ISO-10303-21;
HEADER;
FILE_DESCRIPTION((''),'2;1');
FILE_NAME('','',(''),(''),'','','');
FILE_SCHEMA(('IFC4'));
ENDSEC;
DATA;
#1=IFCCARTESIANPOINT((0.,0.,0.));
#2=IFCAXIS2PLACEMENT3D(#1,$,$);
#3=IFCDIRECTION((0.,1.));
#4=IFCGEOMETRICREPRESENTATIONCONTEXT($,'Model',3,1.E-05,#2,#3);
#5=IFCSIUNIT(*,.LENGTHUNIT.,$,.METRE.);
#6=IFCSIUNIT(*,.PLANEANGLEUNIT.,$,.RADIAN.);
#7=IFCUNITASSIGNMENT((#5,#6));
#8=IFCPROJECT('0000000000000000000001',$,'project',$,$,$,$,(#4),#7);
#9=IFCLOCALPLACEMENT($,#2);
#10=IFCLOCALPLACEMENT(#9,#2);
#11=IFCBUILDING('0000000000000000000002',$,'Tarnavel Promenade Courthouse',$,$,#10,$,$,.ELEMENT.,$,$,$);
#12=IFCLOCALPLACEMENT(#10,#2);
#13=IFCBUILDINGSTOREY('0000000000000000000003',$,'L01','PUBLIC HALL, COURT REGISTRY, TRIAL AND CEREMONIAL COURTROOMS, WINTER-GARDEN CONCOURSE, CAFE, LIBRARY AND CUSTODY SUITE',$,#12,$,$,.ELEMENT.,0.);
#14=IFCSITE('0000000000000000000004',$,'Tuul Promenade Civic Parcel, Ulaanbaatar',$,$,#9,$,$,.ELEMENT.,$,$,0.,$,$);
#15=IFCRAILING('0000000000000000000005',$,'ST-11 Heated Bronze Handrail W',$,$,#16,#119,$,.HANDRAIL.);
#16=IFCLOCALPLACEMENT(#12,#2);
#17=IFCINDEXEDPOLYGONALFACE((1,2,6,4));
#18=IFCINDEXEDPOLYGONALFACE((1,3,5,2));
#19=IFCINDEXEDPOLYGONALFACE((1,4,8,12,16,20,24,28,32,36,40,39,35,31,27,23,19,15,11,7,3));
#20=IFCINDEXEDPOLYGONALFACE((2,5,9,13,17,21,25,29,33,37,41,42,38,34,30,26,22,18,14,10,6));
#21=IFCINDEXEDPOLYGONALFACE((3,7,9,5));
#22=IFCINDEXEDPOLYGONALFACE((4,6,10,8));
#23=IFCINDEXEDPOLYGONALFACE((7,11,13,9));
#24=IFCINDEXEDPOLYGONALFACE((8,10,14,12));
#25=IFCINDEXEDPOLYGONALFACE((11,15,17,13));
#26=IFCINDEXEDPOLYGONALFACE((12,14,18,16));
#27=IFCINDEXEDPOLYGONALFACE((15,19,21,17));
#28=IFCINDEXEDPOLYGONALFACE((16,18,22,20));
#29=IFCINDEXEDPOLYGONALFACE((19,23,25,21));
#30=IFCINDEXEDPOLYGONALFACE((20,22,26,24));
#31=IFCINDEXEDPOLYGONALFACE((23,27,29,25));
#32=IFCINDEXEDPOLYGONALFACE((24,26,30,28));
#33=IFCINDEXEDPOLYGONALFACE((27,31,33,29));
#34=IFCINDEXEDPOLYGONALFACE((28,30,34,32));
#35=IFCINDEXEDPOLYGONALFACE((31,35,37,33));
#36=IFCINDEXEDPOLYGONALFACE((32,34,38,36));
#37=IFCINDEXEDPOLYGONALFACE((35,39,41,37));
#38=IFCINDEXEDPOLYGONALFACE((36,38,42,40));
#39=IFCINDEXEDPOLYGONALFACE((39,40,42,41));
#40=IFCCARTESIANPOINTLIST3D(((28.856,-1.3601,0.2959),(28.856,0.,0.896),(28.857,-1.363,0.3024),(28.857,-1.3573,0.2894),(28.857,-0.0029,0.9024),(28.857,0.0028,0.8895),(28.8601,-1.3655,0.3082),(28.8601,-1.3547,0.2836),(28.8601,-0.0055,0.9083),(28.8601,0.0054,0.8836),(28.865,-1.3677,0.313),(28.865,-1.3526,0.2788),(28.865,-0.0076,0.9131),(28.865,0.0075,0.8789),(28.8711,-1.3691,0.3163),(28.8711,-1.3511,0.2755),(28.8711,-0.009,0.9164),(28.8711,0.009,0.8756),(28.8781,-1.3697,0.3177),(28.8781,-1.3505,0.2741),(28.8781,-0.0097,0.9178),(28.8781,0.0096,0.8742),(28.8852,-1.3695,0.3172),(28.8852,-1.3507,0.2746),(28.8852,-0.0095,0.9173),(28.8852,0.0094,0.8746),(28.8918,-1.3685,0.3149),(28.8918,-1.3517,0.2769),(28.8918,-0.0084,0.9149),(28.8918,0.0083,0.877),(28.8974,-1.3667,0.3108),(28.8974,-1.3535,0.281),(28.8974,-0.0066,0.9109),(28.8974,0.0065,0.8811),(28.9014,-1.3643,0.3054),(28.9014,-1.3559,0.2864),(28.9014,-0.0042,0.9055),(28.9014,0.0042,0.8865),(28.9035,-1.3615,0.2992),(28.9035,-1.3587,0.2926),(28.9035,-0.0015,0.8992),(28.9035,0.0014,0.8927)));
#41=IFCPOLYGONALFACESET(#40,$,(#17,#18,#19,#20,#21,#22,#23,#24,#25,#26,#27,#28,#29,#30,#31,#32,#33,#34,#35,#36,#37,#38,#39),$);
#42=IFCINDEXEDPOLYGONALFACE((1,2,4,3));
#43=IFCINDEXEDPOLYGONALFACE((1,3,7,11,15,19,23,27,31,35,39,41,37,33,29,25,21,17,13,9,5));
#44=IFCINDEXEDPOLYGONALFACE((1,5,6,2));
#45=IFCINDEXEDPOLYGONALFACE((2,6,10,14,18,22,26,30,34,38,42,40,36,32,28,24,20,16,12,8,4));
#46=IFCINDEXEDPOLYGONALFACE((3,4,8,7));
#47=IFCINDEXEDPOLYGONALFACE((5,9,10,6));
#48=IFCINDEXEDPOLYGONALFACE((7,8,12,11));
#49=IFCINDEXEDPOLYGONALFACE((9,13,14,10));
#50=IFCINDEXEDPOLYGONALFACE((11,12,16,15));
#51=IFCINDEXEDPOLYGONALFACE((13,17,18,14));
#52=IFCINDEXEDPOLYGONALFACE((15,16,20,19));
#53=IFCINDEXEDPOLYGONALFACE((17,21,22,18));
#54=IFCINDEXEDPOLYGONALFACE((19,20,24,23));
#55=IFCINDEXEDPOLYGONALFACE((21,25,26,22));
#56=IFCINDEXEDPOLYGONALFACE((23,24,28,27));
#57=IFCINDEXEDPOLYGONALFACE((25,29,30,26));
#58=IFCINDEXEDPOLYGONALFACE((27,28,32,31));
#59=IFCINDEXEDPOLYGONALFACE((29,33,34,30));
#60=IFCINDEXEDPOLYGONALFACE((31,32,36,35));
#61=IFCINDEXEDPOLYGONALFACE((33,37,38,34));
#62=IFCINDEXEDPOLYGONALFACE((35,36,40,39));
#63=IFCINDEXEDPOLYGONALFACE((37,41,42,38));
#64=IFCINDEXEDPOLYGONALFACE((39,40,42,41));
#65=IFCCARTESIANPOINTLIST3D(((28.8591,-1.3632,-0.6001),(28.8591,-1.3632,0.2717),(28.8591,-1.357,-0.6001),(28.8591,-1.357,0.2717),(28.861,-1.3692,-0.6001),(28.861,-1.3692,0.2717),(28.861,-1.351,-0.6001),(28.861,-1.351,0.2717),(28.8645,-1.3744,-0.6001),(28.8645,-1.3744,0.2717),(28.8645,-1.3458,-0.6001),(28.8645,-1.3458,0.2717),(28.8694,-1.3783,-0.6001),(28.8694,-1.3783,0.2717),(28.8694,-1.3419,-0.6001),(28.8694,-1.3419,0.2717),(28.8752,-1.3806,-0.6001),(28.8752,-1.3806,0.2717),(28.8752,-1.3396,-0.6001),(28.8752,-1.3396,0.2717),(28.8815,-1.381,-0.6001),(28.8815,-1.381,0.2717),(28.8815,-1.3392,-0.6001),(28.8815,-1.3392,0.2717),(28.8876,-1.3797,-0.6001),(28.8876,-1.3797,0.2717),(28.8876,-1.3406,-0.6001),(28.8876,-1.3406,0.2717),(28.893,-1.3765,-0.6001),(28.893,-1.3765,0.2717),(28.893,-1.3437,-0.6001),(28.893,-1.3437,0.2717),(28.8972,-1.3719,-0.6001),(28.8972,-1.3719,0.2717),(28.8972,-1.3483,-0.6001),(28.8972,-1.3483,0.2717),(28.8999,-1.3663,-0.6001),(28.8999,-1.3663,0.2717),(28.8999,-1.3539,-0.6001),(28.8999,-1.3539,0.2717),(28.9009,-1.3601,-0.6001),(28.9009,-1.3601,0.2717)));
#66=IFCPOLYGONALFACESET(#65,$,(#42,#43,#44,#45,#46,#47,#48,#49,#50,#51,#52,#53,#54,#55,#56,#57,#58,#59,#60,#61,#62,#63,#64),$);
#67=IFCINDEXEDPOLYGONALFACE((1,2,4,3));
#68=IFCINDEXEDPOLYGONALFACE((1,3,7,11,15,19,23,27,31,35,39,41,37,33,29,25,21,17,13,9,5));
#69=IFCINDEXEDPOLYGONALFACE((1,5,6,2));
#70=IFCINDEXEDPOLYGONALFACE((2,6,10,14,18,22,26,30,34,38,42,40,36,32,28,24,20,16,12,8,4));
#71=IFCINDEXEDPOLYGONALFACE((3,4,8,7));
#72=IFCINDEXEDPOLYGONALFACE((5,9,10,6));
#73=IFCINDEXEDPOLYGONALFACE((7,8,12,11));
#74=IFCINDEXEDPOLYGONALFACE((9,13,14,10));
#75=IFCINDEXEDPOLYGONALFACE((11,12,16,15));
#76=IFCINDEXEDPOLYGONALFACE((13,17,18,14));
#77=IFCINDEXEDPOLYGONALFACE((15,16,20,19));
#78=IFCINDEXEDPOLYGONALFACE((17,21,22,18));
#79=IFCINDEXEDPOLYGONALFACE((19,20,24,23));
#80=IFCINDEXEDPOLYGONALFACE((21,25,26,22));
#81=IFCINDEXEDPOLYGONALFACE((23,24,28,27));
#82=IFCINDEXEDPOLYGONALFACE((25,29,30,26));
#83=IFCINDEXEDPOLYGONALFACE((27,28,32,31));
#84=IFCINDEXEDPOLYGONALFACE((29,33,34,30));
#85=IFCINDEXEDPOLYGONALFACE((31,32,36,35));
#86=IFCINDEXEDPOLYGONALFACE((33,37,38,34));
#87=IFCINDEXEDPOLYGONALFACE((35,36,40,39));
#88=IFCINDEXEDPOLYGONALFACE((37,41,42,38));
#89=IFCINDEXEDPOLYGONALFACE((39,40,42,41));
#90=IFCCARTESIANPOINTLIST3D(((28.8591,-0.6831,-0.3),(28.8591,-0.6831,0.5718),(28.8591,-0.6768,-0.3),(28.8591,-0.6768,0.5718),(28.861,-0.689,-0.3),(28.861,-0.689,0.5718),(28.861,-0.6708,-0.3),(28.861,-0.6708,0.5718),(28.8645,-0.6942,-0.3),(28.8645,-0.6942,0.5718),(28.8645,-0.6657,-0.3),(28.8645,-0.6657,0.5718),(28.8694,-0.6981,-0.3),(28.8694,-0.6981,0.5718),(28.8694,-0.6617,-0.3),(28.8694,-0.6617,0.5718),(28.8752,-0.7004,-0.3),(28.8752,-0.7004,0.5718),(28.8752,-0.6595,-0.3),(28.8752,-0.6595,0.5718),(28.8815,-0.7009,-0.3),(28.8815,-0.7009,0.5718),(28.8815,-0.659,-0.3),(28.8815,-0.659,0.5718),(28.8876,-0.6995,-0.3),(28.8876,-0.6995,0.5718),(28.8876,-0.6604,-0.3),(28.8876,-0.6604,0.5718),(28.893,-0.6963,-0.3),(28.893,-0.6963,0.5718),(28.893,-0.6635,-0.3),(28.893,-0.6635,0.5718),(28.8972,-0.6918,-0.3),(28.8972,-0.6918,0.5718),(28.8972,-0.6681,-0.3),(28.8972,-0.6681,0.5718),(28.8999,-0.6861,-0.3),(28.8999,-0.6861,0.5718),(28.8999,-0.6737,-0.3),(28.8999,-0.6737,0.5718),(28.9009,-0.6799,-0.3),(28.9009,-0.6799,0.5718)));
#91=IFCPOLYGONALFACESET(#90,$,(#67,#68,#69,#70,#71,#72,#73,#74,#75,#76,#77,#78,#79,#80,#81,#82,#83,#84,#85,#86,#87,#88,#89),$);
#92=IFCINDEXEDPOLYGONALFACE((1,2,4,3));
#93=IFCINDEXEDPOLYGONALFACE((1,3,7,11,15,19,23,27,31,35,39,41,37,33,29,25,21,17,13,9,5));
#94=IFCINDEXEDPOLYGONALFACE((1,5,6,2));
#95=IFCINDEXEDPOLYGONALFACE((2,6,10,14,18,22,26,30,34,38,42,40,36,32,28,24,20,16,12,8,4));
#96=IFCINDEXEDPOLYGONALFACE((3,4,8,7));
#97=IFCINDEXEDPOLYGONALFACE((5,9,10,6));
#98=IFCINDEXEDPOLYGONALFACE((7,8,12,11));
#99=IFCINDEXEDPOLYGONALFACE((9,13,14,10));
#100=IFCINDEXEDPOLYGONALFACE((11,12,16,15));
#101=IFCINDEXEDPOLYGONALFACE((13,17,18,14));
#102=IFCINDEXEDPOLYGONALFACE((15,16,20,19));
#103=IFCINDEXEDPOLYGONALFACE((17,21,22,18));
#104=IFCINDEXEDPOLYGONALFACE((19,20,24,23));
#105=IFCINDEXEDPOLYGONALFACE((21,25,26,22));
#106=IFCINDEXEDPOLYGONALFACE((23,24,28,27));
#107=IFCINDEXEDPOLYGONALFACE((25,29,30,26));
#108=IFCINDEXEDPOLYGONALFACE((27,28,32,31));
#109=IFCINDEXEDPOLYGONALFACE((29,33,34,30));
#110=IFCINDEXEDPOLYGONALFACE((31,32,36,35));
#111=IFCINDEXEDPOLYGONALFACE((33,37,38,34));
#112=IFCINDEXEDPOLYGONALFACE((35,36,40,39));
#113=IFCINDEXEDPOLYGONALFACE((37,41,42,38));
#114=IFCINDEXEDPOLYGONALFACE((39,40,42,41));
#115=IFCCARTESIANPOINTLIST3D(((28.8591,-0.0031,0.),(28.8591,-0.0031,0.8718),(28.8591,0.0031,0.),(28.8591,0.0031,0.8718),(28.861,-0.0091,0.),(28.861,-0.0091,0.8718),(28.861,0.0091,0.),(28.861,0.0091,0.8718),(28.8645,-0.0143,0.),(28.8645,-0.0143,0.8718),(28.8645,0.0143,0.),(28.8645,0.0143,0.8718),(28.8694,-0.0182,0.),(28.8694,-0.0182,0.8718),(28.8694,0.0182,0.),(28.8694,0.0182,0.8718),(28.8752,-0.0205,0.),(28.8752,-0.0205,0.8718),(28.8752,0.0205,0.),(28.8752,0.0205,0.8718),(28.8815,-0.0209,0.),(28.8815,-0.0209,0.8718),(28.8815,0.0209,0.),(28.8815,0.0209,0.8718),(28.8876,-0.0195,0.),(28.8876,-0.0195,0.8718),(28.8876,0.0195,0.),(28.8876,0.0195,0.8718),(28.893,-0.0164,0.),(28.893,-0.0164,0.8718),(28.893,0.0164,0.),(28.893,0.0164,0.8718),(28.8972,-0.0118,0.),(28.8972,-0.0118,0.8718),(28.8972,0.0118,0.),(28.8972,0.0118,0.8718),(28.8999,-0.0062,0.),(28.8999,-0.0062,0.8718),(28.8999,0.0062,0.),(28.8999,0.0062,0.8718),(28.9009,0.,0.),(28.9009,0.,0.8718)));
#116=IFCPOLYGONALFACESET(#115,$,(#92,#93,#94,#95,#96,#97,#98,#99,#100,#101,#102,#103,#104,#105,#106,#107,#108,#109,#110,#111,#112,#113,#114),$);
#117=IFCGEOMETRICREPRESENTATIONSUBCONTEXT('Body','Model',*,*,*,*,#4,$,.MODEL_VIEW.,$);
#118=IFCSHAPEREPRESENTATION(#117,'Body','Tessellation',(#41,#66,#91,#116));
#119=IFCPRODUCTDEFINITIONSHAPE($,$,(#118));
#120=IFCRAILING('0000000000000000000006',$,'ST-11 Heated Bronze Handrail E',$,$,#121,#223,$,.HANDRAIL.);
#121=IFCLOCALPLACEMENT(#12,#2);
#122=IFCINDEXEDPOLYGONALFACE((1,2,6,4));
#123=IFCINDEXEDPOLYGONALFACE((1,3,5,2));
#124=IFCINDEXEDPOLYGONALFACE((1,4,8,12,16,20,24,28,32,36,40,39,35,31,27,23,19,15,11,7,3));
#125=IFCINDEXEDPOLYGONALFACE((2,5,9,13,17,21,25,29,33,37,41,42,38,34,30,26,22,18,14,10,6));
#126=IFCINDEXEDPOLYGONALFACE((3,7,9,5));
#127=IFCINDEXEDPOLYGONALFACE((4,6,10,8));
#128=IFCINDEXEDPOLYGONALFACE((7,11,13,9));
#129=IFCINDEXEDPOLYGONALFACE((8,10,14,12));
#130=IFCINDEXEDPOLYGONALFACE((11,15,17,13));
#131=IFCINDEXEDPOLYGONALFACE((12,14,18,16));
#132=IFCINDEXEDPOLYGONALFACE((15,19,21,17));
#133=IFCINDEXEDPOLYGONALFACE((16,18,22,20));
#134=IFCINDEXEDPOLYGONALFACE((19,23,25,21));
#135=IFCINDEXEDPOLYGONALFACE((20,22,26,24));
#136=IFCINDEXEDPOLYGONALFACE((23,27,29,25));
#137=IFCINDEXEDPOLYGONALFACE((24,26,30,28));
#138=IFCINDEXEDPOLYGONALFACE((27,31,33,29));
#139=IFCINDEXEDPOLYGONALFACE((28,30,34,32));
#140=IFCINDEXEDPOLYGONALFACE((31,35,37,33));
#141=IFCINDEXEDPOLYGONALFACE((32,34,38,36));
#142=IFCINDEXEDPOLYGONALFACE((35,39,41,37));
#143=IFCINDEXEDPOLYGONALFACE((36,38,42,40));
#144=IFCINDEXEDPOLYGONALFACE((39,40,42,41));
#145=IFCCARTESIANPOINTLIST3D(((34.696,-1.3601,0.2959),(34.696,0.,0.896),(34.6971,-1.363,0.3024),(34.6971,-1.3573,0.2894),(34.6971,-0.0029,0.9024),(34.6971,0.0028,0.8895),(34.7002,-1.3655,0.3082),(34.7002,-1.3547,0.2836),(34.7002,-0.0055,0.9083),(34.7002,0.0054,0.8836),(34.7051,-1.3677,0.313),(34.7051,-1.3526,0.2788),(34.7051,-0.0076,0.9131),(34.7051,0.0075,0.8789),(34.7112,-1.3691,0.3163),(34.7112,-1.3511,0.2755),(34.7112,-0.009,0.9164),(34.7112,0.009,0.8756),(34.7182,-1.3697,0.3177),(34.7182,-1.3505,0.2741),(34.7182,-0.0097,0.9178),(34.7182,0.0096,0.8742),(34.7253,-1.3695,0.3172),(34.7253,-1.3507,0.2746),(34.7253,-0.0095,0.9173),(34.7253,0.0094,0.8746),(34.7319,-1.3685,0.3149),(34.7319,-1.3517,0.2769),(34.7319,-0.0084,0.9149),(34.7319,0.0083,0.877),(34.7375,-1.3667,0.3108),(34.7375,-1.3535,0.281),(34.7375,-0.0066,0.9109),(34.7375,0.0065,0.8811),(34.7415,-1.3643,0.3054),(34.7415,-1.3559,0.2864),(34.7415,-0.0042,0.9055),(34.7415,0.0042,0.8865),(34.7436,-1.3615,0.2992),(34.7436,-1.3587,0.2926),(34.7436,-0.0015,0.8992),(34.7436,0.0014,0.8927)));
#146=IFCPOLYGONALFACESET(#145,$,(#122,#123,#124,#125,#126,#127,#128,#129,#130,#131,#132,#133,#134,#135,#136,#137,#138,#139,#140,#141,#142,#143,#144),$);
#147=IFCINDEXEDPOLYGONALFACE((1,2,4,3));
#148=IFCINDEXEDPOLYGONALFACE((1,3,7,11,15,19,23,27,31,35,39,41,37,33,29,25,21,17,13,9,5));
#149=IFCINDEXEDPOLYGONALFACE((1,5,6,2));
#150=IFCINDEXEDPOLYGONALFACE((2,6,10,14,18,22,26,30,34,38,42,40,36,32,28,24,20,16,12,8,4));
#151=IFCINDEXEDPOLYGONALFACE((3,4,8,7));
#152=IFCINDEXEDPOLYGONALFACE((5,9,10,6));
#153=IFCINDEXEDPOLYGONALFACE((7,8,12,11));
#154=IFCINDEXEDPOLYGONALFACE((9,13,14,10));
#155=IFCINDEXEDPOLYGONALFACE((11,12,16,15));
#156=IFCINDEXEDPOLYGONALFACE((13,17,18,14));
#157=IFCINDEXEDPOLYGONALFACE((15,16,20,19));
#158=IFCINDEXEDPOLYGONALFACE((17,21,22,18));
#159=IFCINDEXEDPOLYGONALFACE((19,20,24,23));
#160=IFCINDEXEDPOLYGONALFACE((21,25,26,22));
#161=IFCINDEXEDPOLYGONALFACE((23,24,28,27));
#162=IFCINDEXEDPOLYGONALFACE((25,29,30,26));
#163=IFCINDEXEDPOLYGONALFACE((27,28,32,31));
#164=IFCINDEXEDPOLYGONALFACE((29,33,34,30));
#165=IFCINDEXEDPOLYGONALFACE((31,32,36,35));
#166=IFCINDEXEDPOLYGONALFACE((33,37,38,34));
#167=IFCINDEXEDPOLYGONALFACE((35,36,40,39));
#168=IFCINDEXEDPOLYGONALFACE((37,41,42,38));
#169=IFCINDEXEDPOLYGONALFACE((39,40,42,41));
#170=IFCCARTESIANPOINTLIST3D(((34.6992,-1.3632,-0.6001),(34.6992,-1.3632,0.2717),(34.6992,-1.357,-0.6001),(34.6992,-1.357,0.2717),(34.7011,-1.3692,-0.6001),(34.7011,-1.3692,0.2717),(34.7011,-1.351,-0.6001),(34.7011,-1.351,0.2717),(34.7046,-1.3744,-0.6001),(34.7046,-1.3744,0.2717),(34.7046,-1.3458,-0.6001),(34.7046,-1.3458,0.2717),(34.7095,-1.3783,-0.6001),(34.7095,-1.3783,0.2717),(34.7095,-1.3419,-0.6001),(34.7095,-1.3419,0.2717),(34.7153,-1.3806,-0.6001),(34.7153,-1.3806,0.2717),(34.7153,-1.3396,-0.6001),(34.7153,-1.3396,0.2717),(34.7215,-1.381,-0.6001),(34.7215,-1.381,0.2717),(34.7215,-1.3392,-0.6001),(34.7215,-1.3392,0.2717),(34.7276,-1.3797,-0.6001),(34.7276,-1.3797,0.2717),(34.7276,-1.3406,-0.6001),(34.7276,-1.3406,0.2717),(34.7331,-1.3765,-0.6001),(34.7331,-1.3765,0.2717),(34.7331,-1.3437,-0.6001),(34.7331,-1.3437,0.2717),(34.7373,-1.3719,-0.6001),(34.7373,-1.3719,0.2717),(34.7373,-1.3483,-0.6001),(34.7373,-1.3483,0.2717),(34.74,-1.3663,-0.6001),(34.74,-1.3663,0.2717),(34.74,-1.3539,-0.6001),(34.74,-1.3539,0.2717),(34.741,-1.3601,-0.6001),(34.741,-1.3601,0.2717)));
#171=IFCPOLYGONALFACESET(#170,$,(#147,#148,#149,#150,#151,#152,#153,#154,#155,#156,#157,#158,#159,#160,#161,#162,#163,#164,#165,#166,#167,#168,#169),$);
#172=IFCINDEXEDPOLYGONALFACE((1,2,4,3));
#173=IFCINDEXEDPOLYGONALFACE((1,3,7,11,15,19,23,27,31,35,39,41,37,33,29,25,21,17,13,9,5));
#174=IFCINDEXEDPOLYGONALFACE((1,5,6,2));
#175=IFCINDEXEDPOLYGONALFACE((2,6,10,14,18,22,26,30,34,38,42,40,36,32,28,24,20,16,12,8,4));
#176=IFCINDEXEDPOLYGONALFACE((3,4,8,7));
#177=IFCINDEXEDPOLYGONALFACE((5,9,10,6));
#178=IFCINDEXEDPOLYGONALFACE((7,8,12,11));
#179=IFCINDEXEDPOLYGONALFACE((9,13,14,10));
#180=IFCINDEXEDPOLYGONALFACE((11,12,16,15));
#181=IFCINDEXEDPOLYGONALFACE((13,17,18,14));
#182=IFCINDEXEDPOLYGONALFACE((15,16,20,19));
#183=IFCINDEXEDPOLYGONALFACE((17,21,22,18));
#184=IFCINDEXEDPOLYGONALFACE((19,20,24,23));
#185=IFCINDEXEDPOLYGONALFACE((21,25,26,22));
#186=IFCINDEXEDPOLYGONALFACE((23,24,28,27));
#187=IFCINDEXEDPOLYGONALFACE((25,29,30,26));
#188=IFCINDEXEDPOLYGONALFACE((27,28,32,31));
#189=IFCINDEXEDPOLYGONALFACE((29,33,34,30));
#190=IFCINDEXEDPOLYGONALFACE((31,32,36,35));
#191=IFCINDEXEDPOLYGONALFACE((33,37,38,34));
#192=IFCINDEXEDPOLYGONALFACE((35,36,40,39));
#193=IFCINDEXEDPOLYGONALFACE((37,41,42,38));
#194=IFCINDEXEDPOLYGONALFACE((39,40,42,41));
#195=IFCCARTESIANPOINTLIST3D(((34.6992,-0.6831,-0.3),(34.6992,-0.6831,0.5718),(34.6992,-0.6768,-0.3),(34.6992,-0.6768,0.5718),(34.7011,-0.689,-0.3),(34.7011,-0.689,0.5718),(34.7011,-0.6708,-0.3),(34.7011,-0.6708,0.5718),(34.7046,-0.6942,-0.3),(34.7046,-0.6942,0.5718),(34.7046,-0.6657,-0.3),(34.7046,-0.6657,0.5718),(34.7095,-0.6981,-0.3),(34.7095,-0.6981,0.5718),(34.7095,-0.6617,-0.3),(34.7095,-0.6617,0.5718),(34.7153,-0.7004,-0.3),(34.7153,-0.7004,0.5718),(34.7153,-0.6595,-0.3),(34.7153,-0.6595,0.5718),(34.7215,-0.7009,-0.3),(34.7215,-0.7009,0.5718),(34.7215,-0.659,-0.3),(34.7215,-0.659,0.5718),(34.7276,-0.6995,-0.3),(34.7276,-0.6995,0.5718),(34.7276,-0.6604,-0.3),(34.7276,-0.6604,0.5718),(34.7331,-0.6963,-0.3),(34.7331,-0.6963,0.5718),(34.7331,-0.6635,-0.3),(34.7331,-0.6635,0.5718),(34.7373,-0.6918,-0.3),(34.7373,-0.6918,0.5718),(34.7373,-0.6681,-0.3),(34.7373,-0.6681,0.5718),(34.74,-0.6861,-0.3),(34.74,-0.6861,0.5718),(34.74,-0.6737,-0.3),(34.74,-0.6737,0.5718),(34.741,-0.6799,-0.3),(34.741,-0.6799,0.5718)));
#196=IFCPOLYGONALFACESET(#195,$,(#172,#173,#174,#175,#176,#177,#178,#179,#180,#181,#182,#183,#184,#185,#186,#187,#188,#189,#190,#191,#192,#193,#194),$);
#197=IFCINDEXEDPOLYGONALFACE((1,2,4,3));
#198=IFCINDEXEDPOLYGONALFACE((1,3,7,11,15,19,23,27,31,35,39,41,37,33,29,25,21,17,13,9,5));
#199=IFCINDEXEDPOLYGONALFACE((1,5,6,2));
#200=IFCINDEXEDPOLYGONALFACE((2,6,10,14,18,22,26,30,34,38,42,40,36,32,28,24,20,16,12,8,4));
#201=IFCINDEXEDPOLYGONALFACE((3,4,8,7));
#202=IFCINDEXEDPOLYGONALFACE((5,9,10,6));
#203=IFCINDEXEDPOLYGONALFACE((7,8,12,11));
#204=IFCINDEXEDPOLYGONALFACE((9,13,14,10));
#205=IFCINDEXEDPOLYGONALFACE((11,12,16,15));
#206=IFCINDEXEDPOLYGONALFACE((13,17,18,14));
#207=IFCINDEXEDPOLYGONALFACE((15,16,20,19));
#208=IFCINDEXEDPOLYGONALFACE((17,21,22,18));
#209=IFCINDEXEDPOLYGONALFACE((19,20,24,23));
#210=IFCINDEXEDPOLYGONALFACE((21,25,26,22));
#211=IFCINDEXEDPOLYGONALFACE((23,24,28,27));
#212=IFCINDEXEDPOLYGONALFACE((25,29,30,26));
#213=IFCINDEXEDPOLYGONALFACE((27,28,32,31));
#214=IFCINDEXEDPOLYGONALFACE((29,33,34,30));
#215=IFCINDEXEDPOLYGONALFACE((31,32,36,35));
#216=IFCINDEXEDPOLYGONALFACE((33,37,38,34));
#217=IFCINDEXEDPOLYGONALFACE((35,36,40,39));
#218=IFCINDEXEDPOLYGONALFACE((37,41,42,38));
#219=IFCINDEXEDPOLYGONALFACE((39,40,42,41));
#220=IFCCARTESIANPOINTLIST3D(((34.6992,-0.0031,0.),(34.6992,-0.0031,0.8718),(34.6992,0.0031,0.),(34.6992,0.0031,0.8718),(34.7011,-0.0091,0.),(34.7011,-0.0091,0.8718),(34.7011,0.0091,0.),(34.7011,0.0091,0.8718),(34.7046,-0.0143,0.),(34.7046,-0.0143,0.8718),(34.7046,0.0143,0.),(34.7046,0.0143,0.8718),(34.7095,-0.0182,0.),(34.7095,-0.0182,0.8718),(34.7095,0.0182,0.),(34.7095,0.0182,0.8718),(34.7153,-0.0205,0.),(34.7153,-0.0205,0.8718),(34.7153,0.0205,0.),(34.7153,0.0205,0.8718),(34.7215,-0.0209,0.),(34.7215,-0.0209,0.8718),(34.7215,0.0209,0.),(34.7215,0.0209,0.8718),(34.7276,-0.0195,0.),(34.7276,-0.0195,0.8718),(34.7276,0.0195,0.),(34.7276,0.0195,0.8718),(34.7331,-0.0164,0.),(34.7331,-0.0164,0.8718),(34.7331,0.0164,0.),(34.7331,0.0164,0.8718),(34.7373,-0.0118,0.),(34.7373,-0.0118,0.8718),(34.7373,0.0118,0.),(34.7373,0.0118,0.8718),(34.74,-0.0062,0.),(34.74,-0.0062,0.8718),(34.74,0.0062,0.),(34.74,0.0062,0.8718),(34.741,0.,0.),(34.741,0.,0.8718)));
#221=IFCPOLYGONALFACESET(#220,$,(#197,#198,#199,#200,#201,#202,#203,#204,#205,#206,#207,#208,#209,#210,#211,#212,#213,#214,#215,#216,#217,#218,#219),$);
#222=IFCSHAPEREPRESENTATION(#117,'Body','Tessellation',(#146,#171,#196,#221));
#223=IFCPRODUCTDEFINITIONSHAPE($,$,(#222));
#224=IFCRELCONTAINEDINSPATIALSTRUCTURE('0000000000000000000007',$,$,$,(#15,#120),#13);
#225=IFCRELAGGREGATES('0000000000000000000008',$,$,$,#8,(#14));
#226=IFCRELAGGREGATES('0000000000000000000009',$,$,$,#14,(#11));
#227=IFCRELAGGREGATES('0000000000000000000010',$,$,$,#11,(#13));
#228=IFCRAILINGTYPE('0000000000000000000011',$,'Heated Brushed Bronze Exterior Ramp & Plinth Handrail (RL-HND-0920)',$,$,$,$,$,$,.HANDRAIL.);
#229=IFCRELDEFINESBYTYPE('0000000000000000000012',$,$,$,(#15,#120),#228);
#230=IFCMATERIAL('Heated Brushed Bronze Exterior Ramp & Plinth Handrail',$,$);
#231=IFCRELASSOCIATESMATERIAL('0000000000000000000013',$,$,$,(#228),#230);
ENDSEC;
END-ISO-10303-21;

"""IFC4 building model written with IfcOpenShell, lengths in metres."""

from ifc_helpers import new_model, si_unit, direction, frame, origin, origin_2d, place, context, subcontext, project, spatial, circle, extrude, material, type_object, element, save


model = new_model("IFC4")

# Units and contexts
model_context = context("Model", 3, precision=1e-05, world=origin(), true_north=direction((0.0, 1.0)))
body_context = subcontext(model_context, "Body", "Model", "MODEL_VIEW")
ifc_project = project(units=[si_unit("LENGTHUNIT", "METRE"), si_unit("PLANEANGLEUNIT", "RADIAN")], contexts=[model_context])

# Site, building, storey
site_placement = place(None, origin())
site = spatial("IfcSite", under=ifc_project, at=site_placement, Name="Tuul Promenade Civic Parcel, Ulaanbaatar", CompositionType="ELEMENT", RefElevation=0.0)
building_placement = place(site_placement, origin())
building = spatial("IfcBuilding", under=site, at=building_placement, Name="Tarnavel Promenade Courthouse", CompositionType="ELEMENT")
storey_placement = place(building_placement, origin())
storey = spatial("IfcBuildingStorey", under=building, at=storey_placement, Name="L01", Description="PUBLIC HALL, COURT REGISTRY, TRIAL AND CEREMONIAL COURTROOMS, WINTER-GARDEN CONCOURSE, CAFE, LIBRARY AND CUSTODY SUITE", CompositionType="ELEMENT", Elevation=0.0)

# Railings
ifc_material_1 = material(Name="Heated Brushed Bronze Exterior Ramp & Plinth Handrail")
railing_type_1 = type_object("IfcRailingType", Name="Heated Brushed Bronze Exterior Ramp & Plinth Handrail (RL-HND-0920)", PredefinedType="HANDRAIL", material=ifc_material_1)
for number, where, name in (
    (1, (28.8799, -1.3601, -0.6001), "ST-11 Heated Bronze Handrail W"),
    (2, (34.72, -1.3601, -0.6001), "ST-11 Heated Bronze Handrail E"),
):
    element("IfcRailing", number, at=place(storey_placement, frame(where)), inside=storey, type_object=railing_type_1, Name=name, PredefinedType="HANDRAIL", context=body_context, shape_type="SweptSolid", body=[
        extrude(circle(Radius=0.0239, at=origin_2d()), frame((0.0, 0.0, 0.896), z_axis=(0.0, 0.914905, 0.403669), x_axis=(-1.0, 0.0, 0.0)), (0.0, 0.0, 1.0), 1.4866),
        extrude(circle(Radius=0.021, at=origin_2d()), origin(), (0.0, 0.0, 1.0), 0.8718),
        extrude(circle(Radius=0.021, at=origin_2d()), frame((0.0, 0.6802, 0.3)), (0.0, 0.0, 1.0), 0.8718),
        extrude(circle(Radius=0.021, at=origin_2d()), frame((0.0, 1.3601, 0.6001)), (0.0, 0.0, 1.0), 0.8718),
    ])

save(model, "model.ifc")
